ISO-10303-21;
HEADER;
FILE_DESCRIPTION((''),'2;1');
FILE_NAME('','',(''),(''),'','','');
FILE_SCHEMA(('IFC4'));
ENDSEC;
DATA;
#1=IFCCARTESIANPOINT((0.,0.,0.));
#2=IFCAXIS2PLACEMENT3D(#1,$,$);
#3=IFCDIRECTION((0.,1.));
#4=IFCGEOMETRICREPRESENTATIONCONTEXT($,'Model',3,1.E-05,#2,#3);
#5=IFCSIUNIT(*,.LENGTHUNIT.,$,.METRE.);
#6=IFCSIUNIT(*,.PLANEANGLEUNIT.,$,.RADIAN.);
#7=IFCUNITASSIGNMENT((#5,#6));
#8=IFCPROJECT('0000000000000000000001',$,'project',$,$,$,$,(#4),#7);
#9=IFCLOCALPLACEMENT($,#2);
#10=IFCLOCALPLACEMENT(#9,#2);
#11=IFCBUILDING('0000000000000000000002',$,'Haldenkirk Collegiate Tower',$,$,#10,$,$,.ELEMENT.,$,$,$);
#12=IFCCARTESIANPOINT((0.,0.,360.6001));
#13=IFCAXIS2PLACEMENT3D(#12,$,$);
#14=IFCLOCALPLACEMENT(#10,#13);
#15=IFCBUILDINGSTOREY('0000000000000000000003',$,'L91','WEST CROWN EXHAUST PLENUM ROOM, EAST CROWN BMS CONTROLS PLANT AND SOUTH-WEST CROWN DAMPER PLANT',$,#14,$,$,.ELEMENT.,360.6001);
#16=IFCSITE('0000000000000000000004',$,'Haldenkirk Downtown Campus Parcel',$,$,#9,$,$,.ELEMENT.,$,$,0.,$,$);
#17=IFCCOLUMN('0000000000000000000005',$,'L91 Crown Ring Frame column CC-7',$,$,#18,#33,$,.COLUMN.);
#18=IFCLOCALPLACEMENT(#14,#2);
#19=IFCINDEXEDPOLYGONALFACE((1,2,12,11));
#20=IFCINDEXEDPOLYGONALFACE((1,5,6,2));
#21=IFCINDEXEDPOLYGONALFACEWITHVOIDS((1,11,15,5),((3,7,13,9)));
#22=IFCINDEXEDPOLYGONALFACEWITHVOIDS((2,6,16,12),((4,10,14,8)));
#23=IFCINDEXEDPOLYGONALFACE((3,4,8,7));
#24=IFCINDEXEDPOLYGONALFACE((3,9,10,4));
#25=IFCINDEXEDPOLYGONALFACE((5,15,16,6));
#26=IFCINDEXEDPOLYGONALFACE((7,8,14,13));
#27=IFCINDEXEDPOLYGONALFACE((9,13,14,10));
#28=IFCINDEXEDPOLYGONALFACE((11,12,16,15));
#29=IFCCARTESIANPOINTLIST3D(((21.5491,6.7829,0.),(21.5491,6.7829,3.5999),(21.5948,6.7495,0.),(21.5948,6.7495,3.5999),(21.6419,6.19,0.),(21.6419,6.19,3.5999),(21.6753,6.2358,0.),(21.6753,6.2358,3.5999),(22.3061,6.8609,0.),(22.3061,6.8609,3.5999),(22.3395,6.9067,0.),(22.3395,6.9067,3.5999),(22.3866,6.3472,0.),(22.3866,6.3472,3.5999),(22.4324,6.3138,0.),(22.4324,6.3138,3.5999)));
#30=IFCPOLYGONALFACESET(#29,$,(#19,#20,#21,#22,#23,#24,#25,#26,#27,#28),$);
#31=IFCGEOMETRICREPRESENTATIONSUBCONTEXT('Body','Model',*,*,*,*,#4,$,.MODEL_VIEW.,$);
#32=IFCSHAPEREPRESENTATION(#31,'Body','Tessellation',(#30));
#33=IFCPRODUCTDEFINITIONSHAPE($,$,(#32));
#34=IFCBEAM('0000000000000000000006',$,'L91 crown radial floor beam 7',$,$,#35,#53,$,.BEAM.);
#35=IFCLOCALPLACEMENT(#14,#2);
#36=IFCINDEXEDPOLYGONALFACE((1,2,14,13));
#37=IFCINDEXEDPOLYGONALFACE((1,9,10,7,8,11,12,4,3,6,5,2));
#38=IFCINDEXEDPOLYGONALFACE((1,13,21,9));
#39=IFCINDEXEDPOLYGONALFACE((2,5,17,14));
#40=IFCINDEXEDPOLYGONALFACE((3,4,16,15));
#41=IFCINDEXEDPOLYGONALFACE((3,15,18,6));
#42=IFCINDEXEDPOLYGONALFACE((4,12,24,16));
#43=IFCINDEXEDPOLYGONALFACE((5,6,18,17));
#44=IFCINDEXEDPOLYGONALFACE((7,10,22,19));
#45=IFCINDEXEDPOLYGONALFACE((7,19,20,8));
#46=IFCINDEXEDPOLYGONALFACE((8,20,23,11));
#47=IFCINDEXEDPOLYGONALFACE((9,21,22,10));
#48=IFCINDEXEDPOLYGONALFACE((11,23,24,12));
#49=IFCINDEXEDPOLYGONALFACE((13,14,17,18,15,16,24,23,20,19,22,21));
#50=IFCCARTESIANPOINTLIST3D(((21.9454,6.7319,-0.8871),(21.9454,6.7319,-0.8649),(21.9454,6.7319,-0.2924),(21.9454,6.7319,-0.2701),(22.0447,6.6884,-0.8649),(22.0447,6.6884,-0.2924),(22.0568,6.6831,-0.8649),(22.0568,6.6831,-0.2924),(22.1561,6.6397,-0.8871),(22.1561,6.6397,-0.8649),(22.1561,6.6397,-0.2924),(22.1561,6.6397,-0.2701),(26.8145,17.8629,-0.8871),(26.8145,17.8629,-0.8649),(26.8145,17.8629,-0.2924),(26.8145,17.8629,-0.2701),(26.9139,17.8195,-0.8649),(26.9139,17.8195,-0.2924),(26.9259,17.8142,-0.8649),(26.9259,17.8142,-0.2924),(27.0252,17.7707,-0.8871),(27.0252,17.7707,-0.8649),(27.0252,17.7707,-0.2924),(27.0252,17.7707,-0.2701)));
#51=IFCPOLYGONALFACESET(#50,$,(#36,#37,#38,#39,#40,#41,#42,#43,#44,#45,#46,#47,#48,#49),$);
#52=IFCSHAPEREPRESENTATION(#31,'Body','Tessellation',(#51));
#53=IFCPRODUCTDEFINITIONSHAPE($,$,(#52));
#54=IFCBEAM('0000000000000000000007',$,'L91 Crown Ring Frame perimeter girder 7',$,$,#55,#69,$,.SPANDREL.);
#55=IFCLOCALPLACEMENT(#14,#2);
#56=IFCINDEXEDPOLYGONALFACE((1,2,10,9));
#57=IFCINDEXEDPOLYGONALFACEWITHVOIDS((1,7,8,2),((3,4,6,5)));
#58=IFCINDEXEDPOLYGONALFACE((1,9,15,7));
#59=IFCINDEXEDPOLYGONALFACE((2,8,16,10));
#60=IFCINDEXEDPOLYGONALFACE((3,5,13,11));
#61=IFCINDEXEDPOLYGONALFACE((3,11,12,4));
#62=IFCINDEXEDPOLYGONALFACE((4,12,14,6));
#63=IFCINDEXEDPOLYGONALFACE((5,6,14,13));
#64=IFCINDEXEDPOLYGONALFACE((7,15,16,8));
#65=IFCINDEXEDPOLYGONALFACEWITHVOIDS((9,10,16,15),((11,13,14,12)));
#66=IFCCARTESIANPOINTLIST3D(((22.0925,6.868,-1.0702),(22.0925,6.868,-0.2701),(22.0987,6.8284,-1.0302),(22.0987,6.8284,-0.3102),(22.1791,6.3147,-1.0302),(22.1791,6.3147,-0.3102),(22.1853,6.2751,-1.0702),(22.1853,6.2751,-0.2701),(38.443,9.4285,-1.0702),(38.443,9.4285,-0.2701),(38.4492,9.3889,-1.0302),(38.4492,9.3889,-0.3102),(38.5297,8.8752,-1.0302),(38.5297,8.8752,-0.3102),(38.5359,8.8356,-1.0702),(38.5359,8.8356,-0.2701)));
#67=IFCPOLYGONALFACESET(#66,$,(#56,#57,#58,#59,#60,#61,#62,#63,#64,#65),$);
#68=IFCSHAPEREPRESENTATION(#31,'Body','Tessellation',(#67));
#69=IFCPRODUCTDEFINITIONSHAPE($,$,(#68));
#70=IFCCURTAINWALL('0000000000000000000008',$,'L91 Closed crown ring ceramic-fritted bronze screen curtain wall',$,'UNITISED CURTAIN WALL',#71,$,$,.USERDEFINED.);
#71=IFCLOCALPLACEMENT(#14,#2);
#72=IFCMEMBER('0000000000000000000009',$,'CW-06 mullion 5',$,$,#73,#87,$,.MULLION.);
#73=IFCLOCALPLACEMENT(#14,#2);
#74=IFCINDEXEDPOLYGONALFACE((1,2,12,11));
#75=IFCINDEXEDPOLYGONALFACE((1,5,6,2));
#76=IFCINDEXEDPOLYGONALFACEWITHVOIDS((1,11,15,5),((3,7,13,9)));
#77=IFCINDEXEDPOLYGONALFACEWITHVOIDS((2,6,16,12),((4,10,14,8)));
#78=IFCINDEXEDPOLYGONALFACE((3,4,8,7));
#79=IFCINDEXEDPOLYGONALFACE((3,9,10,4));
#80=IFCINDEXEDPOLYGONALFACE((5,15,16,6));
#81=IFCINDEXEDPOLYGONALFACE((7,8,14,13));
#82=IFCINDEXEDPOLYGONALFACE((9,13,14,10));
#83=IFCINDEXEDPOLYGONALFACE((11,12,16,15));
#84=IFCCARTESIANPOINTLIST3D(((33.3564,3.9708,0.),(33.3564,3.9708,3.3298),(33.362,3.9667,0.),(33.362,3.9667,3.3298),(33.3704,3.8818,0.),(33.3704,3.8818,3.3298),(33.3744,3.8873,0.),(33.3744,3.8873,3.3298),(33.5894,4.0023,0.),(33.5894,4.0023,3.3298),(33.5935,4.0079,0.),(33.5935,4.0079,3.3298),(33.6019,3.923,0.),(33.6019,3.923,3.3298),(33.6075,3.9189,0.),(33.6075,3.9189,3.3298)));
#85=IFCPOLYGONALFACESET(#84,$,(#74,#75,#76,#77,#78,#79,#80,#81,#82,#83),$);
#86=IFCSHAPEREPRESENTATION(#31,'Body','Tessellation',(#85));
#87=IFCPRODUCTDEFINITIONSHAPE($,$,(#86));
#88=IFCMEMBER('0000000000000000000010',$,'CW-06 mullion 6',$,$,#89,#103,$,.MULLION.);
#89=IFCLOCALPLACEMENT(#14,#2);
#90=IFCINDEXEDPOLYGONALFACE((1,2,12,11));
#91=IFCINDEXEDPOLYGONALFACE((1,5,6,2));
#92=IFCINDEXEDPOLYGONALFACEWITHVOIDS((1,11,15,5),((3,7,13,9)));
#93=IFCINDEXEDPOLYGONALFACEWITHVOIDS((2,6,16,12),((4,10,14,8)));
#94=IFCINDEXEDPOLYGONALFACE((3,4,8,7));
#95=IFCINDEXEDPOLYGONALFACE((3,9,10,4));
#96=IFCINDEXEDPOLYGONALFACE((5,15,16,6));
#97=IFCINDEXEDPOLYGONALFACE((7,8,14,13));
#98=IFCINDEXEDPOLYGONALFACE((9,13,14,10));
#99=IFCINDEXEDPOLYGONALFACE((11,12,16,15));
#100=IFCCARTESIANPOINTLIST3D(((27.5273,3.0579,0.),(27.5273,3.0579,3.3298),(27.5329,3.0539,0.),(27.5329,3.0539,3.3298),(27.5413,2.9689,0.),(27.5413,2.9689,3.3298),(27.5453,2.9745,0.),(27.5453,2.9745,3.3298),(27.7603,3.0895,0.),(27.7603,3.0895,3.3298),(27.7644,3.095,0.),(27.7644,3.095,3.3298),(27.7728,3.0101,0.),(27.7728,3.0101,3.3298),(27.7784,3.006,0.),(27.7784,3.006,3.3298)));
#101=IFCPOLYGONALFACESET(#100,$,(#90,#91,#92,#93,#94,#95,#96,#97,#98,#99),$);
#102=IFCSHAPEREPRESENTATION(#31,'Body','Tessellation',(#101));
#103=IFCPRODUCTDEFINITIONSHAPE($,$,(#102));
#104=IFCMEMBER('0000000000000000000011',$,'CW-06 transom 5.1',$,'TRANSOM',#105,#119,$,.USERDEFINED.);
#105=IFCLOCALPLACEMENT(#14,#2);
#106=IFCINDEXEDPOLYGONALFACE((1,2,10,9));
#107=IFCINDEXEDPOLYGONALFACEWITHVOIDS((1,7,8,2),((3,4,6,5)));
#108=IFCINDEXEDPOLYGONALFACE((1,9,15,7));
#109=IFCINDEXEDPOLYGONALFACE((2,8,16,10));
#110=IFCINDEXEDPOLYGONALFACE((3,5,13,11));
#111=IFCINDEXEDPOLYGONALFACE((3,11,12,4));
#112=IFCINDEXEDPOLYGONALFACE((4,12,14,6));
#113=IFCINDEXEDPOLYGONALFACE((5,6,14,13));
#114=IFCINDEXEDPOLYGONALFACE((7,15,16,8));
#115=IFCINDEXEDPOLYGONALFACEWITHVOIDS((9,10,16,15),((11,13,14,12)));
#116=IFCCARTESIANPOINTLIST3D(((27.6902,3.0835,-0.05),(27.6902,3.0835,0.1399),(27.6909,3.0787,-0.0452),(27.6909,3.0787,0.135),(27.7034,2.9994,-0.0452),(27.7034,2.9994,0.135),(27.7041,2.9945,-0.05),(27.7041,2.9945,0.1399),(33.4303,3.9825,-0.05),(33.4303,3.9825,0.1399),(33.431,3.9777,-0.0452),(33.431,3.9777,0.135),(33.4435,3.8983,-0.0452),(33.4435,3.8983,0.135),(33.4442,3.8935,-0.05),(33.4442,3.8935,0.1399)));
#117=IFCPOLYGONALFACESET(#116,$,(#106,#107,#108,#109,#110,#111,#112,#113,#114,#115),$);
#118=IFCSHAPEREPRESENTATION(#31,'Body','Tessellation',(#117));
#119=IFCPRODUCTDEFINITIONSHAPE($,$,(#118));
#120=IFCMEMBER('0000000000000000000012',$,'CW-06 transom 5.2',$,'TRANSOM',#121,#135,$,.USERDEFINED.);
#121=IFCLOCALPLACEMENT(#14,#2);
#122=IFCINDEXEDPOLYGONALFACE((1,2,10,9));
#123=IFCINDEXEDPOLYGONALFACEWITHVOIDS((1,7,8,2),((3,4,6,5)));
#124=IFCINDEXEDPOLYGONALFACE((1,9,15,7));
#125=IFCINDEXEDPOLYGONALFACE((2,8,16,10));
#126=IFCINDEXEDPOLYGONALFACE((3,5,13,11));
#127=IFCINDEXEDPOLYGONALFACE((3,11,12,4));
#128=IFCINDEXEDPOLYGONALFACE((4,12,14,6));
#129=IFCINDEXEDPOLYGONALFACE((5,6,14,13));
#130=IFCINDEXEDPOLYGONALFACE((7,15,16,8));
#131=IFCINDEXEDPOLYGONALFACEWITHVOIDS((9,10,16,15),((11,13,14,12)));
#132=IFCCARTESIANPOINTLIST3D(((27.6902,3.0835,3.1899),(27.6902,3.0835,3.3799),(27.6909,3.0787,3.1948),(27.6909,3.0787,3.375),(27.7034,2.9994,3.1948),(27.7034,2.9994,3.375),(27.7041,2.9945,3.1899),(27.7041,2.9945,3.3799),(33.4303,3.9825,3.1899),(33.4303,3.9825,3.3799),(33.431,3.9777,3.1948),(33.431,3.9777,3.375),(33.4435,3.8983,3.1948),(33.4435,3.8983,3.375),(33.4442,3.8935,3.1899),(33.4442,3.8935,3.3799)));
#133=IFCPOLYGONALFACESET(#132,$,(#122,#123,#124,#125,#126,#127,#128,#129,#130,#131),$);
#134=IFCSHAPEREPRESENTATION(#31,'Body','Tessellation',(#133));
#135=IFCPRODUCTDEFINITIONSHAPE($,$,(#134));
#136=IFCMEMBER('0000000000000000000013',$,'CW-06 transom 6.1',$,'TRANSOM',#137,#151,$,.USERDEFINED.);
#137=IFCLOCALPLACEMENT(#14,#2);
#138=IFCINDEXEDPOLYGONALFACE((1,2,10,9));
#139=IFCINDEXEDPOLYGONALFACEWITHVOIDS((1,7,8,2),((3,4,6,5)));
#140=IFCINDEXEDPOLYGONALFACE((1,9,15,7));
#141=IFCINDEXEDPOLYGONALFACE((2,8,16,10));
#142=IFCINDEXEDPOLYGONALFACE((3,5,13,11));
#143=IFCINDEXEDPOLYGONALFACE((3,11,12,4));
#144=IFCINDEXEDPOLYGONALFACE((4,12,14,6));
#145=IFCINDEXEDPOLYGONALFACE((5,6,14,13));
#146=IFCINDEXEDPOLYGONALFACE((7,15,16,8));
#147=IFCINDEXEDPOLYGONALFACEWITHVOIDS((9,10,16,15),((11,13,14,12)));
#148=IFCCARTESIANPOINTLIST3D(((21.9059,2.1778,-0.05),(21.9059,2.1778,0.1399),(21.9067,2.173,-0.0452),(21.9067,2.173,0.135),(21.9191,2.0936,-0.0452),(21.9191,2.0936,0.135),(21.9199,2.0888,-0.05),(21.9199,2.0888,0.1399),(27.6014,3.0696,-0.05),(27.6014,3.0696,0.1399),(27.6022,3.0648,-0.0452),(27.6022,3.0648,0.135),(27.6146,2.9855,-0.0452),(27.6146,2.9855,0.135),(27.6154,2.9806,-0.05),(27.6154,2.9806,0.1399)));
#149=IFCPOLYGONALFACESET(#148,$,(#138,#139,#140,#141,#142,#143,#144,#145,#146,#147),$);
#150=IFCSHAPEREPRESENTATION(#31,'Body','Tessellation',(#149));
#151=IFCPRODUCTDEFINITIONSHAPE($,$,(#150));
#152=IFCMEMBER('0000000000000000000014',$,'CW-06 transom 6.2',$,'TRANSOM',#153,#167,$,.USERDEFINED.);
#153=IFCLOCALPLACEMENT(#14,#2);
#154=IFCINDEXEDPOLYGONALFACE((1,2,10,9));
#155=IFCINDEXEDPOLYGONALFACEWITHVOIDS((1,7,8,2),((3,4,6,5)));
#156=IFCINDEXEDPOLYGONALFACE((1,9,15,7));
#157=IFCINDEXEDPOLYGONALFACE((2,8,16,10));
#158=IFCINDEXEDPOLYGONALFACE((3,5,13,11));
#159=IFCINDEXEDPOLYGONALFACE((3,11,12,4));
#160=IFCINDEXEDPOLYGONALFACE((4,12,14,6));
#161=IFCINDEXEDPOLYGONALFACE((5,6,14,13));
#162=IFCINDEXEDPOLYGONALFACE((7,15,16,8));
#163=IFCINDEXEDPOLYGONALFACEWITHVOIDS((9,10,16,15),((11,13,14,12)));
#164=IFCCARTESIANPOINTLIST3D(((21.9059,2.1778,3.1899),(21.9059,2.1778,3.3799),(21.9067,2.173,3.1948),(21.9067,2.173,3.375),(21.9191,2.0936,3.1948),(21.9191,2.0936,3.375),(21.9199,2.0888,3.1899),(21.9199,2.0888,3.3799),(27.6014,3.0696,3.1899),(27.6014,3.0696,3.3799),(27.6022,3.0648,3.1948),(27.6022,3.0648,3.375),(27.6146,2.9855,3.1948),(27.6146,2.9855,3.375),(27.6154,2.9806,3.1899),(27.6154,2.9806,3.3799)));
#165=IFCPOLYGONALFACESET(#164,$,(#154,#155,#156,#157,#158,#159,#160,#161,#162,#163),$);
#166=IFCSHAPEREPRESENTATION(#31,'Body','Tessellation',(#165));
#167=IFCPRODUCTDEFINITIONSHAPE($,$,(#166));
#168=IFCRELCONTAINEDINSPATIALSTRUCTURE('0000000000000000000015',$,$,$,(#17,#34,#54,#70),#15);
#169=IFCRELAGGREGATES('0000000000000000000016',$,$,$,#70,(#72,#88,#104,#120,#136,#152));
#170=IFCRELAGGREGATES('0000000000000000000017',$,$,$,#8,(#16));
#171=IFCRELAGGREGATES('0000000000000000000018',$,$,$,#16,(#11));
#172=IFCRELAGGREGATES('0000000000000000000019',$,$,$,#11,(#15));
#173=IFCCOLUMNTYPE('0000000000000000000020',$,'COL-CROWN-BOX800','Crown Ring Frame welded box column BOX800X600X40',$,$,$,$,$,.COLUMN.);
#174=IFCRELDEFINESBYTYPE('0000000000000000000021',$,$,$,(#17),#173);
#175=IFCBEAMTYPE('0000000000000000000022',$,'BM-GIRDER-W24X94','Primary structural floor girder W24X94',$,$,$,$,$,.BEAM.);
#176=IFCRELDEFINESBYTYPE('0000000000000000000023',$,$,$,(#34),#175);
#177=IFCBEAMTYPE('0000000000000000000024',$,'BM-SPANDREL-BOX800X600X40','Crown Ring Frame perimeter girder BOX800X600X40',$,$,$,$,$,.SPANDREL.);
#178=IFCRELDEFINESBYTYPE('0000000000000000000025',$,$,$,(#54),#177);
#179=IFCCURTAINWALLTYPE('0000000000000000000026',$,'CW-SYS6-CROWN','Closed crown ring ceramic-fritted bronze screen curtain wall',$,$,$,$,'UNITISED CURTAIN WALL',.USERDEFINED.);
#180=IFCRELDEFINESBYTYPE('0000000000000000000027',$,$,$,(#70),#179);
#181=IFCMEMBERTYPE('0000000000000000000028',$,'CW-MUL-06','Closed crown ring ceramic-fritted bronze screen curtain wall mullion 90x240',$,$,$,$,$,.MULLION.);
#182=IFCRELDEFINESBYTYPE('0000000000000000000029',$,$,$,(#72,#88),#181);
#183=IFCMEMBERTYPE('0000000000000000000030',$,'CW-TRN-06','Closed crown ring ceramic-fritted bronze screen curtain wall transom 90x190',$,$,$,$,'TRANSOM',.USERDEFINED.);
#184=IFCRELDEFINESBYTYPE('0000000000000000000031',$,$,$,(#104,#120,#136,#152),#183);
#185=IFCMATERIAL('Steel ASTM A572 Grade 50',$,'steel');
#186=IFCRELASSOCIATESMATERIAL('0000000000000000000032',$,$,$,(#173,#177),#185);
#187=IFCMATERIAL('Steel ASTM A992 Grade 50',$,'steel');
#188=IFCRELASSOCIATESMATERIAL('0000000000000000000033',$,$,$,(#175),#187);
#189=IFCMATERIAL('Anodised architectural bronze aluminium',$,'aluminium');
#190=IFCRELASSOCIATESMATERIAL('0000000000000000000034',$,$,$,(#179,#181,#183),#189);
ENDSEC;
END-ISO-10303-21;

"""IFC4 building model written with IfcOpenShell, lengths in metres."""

from ifc_helpers import new_model, si_unit, direction, frame, origin, origin_2d, place, context, subcontext, project, spatial, hollow_rectangle, i_section, extrude, material, material_profile, profile_set, type_object, element, aggregate, save


model = new_model("IFC4")

# Units and contexts
model_context = context("Model", 3, precision=1e-05, world=origin(), true_north=direction((0.0, 1.0)))
body_context = subcontext(model_context, "Body", "Model", "MODEL_VIEW")
ifc_project = project(units=[si_unit("LENGTHUNIT", "METRE"), si_unit("PLANEANGLEUNIT", "RADIAN")], contexts=[model_context])

# Site, building, storey
site_placement = place(None, origin())
site = spatial("IfcSite", under=ifc_project, at=site_placement, Name="Haldenkirk Downtown Campus Parcel", CompositionType="ELEMENT", RefElevation=0.0)
building_placement = place(site_placement, origin())
building = spatial("IfcBuilding", under=site, at=building_placement, Name="Haldenkirk Collegiate Tower", CompositionType="ELEMENT")
storey_placement = place(building_placement, frame((0.0, 0.0, 360.6001)))
storey = spatial("IfcBuildingStorey", under=building, at=storey_placement, Name="L91", Description="WEST CROWN EXHAUST PLENUM ROOM, EAST CROWN BMS CONTROLS PLANT AND SOUTH-WEST CROWN DAMPER PLANT", CompositionType="ELEMENT", Elevation=360.6001)

# Column
ifc_material_1 = material(Name="Steel ASTM A572 Grade 50", Category="steel")
ifc_material_profile_1 = material_profile(ifc_material_1, hollow_rectangle(XDim=0.6001, YDim=0.8, WallThickness=0.04, at=origin_2d()), Name="BOX800X600X40")
ifc_profile_set_1 = profile_set([ifc_material_profile_1], Name="Steel ASTM A572 Grade 50")
column_type = type_object("IfcColumnType", Name="COL-CROWN-BOX800", Description="Crown Ring Frame welded box column BOX800X600X40", PredefinedType="COLUMN", material=ifc_profile_set_1)
column_placement = place(storey_placement, frame((21.9907, 6.5483, 0.0), z_axis=(0.0, 0.0, 1.0), x_axis=(-0.15471, 0.98796, 0.0)))
element("IfcColumn", 1, at=column_placement, inside=storey, type_object=column_type, Name="L91 Crown Ring Frame column CC-7", PredefinedType="COLUMN", context=body_context, shape_type="SweptSolid", body=[
    extrude(hollow_rectangle(XDim=0.6001, YDim=0.8, WallThickness=0.04, at=origin_2d()), origin(), (0.0, 0.0, 1.0), 3.5999),
])

# Beams
ifc_material_2 = material(Name="Steel ASTM A992 Grade 50", Category="steel")
ifc_material_profile_2 = material_profile(ifc_material_2, i_section(OverallWidth=0.23, OverallDepth=0.6169, WebThickness=0.0132, FlangeThickness=0.0222, at=origin_2d()), Name="W24X94")
ifc_profile_set_2 = profile_set([ifc_material_profile_2], Name="Steel ASTM A992 Grade 50")
beam_type_1 = type_object("IfcBeamType", Name="BM-GIRDER-W24X94", Description="Primary structural floor girder W24X94", PredefinedType="BEAM", material=ifc_profile_set_2)
beam_1_placement = place(storey_placement, frame((22.0508, 6.6858, -0.5786), z_axis=(0.400769, 0.916179, 0.0), x_axis=(-0.916179, 0.400769, 0.0)))
element("IfcBeam", 2, at=beam_1_placement, inside=storey, type_object=beam_type_1, Name="L91 crown radial floor beam 7", PredefinedType="BEAM", context=body_context, shape_type="SweptSolid", body=[
    extrude(i_section(OverallWidth=0.23, OverallDepth=0.6169, WebThickness=0.0132, FlangeThickness=0.0222, at=origin_2d()), origin(), (0.0, 0.0, 1.0), 12.1494),
])
ifc_material_profile_3 = material_profile(ifc_material_1, hollow_rectangle(XDim=0.6001, YDim=0.8, WallThickness=0.04, at=origin_2d()), Name="BOX800X600X40")
ifc_profile_set_3 = profile_set([ifc_material_profile_3], Name="Steel ASTM A572 Grade 50")
beam_type_2 = type_object("IfcBeamType", Name="BM-SPANDREL-BOX800X600X40", Description="Crown Ring Frame perimeter girder BOX800X600X40", PredefinedType="SPANDREL", material=ifc_profile_set_3)
beam_2_placement = place(storey_placement, frame((22.1389, 6.5715, -0.6702), z_axis=(0.987959, 0.154717, 0.0), x_axis=(-0.154717, 0.987959, 0.0)))
element("IfcBeam", 3, at=beam_2_placement, inside=storey, type_object=beam_type_2, Name="L91 Crown Ring Frame perimeter girder 7", PredefinedType="SPANDREL", context=body_context, shape_type="SweptSolid", body=[
    extrude(hollow_rectangle(XDim=0.6001, YDim=0.8, WallThickness=0.04, at=origin_2d()), origin(), (0.0, 0.0, 1.0), 16.5498),
])

# Curtain wall, members
ifc_material_3 = material(Name="Anodised architectural bronze aluminium", Category="aluminium")
curtain_wall_type = type_object("IfcCurtainWallType", Name="CW-SYS6-CROWN", Description="Closed crown ring ceramic-fritted bronze screen curtain wall", ElementType="UNITISED CURTAIN WALL", PredefinedType="USERDEFINED", material=ifc_material_3)
curtain_wall_placement = place(storey_placement, origin())
curtain_wall = element("IfcCurtainWall", 4, at=curtain_wall_placement, inside=storey, type_object=curtain_wall_type, Name="L91 Closed crown ring ceramic-fritted bronze screen curtain wall", ObjectType="UNITISED CURTAIN WALL", PredefinedType="USERDEFINED")
ifc_material_profile_4 = material_profile(ifc_material_3, hollow_rectangle(XDim=0.0901, YDim=0.24, WallThickness=0.0049, at=origin_2d()), Name="CW-MUL-06")
ifc_profile_set_4 = profile_set([ifc_material_profile_4], Name="Anodised architectural bronze aluminium")
member_type_1 = type_object("IfcMemberType", Name="CW-MUL-06", Description="Closed crown ring ceramic-fritted bronze screen curtain wall mullion 90x240", PredefinedType="MULLION", material=ifc_profile_set_4)
member_1_placement = place(storey_placement, frame((33.4819, 3.9448, 0.0), z_axis=(0.0, 0.0, 1.0), x_axis=(0.154709, -0.98796, 0.0)))
member_1 = element("IfcMember", 5, at=member_1_placement, type_object=member_type_1, Name="CW-06 mullion 5", PredefinedType="MULLION", context=body_context, shape_type="SweptSolid", body=[
    extrude(hollow_rectangle(XDim=0.0901, YDim=0.24, WallThickness=0.0049, at=origin_2d()), origin(), (0.0, 0.0, 1.0), 3.3298),
])
member_2_placement = place(storey_placement, frame((27.6528, 3.032, 0.0), z_axis=(0.0, 0.0, 1.0), x_axis=(0.154709, -0.98796, 0.0)))
member_2 = element("IfcMember", 6, at=member_2_placement, type_object=member_type_1, Name="CW-06 mullion 6", PredefinedType="MULLION", context=body_context, shape_type="SweptSolid", body=[
    extrude(hollow_rectangle(XDim=0.0901, YDim=0.24, WallThickness=0.0049, at=origin_2d()), origin(), (0.0, 0.0, 1.0), 3.3298),
])
ifc_material_profile_5 = material_profile(ifc_material_3, hollow_rectangle(XDim=0.0901, YDim=0.1899, WallThickness=0.0049, at=origin_2d()), Name="CW-TRN-06")
ifc_profile_set_5 = profile_set([ifc_material_profile_5], Name="Anodised architectural bronze aluminium")
member_type_2 = type_object("IfcMemberType", Name="CW-TRN-06", Description="Closed crown ring ceramic-fritted bronze screen curtain wall transom 90x190", ElementType="TRANSOM", PredefinedType="USERDEFINED", material=ifc_profile_set_5)
member_3_placement = place(storey_placement, frame((33.4373, 3.938, 0.0449), z_axis=(-0.987958, -0.154722, 0.0), x_axis=(0.154722, -0.987958, 0.0)))
member_3 = element("IfcMember", 7, at=member_3_placement, type_object=member_type_2, Name="CW-06 transom 5.1", ObjectType="TRANSOM", PredefinedType="USERDEFINED", context=body_context, shape_type="SweptSolid", body=[
    extrude(hollow_rectangle(XDim=0.0901, YDim=0.1899, WallThickness=0.0049, at=origin_2d()), origin(), (0.0, 0.0, 1.0), 5.8101),
])
member_4_placement = place(storey_placement, frame((33.4373, 3.938, 3.2849), z_axis=(-0.987958, -0.154722, 0.0), x_axis=(0.154722, -0.987958, 0.0)))
member_4 = element("IfcMember", 8, at=member_4_placement, type_object=member_type_2, Name="CW-06 transom 5.2", ObjectType="TRANSOM", PredefinedType="USERDEFINED", context=body_context, shape_type="SweptSolid", body=[
    extrude(hollow_rectangle(XDim=0.0901, YDim=0.1899, WallThickness=0.0049, at=origin_2d()), origin(), (0.0, 0.0, 1.0), 5.8101),
])
member_5_placement = place(storey_placement, frame((27.6084, 3.0251, 0.0449), z_axis=(-0.987961, -0.154701, 0.0), x_axis=(0.154701, -0.987961, 0.0)))
member_5 = element("IfcMember", 9, at=member_5_placement, type_object=member_type_2, Name="CW-06 transom 6.1", ObjectType="TRANSOM", PredefinedType="USERDEFINED", context=body_context, shape_type="SweptSolid", body=[
    extrude(hollow_rectangle(XDim=0.0901, YDim=0.1899, WallThickness=0.0049, at=origin_2d()), origin(), (0.0, 0.0, 1.0), 5.7649),
])
member_6_placement = place(storey_placement, frame((27.6084, 3.0251, 3.2849), z_axis=(-0.987961, -0.154701, 0.0), x_axis=(0.154701, -0.987961, 0.0)))
member_6 = element("IfcMember", 10, at=member_6_placement, type_object=member_type_2, Name="CW-06 transom 6.2", ObjectType="TRANSOM", PredefinedType="USERDEFINED", context=body_context, shape_type="SweptSolid", body=[
    extrude(hollow_rectangle(XDim=0.0901, YDim=0.1899, WallThickness=0.0049, at=origin_2d()), origin(), (0.0, 0.0, 1.0), 5.7649),
])

aggregate(curtain_wall, [member_1, member_2, member_3, member_4, member_5, member_6])

save(model, "model.ifc")
